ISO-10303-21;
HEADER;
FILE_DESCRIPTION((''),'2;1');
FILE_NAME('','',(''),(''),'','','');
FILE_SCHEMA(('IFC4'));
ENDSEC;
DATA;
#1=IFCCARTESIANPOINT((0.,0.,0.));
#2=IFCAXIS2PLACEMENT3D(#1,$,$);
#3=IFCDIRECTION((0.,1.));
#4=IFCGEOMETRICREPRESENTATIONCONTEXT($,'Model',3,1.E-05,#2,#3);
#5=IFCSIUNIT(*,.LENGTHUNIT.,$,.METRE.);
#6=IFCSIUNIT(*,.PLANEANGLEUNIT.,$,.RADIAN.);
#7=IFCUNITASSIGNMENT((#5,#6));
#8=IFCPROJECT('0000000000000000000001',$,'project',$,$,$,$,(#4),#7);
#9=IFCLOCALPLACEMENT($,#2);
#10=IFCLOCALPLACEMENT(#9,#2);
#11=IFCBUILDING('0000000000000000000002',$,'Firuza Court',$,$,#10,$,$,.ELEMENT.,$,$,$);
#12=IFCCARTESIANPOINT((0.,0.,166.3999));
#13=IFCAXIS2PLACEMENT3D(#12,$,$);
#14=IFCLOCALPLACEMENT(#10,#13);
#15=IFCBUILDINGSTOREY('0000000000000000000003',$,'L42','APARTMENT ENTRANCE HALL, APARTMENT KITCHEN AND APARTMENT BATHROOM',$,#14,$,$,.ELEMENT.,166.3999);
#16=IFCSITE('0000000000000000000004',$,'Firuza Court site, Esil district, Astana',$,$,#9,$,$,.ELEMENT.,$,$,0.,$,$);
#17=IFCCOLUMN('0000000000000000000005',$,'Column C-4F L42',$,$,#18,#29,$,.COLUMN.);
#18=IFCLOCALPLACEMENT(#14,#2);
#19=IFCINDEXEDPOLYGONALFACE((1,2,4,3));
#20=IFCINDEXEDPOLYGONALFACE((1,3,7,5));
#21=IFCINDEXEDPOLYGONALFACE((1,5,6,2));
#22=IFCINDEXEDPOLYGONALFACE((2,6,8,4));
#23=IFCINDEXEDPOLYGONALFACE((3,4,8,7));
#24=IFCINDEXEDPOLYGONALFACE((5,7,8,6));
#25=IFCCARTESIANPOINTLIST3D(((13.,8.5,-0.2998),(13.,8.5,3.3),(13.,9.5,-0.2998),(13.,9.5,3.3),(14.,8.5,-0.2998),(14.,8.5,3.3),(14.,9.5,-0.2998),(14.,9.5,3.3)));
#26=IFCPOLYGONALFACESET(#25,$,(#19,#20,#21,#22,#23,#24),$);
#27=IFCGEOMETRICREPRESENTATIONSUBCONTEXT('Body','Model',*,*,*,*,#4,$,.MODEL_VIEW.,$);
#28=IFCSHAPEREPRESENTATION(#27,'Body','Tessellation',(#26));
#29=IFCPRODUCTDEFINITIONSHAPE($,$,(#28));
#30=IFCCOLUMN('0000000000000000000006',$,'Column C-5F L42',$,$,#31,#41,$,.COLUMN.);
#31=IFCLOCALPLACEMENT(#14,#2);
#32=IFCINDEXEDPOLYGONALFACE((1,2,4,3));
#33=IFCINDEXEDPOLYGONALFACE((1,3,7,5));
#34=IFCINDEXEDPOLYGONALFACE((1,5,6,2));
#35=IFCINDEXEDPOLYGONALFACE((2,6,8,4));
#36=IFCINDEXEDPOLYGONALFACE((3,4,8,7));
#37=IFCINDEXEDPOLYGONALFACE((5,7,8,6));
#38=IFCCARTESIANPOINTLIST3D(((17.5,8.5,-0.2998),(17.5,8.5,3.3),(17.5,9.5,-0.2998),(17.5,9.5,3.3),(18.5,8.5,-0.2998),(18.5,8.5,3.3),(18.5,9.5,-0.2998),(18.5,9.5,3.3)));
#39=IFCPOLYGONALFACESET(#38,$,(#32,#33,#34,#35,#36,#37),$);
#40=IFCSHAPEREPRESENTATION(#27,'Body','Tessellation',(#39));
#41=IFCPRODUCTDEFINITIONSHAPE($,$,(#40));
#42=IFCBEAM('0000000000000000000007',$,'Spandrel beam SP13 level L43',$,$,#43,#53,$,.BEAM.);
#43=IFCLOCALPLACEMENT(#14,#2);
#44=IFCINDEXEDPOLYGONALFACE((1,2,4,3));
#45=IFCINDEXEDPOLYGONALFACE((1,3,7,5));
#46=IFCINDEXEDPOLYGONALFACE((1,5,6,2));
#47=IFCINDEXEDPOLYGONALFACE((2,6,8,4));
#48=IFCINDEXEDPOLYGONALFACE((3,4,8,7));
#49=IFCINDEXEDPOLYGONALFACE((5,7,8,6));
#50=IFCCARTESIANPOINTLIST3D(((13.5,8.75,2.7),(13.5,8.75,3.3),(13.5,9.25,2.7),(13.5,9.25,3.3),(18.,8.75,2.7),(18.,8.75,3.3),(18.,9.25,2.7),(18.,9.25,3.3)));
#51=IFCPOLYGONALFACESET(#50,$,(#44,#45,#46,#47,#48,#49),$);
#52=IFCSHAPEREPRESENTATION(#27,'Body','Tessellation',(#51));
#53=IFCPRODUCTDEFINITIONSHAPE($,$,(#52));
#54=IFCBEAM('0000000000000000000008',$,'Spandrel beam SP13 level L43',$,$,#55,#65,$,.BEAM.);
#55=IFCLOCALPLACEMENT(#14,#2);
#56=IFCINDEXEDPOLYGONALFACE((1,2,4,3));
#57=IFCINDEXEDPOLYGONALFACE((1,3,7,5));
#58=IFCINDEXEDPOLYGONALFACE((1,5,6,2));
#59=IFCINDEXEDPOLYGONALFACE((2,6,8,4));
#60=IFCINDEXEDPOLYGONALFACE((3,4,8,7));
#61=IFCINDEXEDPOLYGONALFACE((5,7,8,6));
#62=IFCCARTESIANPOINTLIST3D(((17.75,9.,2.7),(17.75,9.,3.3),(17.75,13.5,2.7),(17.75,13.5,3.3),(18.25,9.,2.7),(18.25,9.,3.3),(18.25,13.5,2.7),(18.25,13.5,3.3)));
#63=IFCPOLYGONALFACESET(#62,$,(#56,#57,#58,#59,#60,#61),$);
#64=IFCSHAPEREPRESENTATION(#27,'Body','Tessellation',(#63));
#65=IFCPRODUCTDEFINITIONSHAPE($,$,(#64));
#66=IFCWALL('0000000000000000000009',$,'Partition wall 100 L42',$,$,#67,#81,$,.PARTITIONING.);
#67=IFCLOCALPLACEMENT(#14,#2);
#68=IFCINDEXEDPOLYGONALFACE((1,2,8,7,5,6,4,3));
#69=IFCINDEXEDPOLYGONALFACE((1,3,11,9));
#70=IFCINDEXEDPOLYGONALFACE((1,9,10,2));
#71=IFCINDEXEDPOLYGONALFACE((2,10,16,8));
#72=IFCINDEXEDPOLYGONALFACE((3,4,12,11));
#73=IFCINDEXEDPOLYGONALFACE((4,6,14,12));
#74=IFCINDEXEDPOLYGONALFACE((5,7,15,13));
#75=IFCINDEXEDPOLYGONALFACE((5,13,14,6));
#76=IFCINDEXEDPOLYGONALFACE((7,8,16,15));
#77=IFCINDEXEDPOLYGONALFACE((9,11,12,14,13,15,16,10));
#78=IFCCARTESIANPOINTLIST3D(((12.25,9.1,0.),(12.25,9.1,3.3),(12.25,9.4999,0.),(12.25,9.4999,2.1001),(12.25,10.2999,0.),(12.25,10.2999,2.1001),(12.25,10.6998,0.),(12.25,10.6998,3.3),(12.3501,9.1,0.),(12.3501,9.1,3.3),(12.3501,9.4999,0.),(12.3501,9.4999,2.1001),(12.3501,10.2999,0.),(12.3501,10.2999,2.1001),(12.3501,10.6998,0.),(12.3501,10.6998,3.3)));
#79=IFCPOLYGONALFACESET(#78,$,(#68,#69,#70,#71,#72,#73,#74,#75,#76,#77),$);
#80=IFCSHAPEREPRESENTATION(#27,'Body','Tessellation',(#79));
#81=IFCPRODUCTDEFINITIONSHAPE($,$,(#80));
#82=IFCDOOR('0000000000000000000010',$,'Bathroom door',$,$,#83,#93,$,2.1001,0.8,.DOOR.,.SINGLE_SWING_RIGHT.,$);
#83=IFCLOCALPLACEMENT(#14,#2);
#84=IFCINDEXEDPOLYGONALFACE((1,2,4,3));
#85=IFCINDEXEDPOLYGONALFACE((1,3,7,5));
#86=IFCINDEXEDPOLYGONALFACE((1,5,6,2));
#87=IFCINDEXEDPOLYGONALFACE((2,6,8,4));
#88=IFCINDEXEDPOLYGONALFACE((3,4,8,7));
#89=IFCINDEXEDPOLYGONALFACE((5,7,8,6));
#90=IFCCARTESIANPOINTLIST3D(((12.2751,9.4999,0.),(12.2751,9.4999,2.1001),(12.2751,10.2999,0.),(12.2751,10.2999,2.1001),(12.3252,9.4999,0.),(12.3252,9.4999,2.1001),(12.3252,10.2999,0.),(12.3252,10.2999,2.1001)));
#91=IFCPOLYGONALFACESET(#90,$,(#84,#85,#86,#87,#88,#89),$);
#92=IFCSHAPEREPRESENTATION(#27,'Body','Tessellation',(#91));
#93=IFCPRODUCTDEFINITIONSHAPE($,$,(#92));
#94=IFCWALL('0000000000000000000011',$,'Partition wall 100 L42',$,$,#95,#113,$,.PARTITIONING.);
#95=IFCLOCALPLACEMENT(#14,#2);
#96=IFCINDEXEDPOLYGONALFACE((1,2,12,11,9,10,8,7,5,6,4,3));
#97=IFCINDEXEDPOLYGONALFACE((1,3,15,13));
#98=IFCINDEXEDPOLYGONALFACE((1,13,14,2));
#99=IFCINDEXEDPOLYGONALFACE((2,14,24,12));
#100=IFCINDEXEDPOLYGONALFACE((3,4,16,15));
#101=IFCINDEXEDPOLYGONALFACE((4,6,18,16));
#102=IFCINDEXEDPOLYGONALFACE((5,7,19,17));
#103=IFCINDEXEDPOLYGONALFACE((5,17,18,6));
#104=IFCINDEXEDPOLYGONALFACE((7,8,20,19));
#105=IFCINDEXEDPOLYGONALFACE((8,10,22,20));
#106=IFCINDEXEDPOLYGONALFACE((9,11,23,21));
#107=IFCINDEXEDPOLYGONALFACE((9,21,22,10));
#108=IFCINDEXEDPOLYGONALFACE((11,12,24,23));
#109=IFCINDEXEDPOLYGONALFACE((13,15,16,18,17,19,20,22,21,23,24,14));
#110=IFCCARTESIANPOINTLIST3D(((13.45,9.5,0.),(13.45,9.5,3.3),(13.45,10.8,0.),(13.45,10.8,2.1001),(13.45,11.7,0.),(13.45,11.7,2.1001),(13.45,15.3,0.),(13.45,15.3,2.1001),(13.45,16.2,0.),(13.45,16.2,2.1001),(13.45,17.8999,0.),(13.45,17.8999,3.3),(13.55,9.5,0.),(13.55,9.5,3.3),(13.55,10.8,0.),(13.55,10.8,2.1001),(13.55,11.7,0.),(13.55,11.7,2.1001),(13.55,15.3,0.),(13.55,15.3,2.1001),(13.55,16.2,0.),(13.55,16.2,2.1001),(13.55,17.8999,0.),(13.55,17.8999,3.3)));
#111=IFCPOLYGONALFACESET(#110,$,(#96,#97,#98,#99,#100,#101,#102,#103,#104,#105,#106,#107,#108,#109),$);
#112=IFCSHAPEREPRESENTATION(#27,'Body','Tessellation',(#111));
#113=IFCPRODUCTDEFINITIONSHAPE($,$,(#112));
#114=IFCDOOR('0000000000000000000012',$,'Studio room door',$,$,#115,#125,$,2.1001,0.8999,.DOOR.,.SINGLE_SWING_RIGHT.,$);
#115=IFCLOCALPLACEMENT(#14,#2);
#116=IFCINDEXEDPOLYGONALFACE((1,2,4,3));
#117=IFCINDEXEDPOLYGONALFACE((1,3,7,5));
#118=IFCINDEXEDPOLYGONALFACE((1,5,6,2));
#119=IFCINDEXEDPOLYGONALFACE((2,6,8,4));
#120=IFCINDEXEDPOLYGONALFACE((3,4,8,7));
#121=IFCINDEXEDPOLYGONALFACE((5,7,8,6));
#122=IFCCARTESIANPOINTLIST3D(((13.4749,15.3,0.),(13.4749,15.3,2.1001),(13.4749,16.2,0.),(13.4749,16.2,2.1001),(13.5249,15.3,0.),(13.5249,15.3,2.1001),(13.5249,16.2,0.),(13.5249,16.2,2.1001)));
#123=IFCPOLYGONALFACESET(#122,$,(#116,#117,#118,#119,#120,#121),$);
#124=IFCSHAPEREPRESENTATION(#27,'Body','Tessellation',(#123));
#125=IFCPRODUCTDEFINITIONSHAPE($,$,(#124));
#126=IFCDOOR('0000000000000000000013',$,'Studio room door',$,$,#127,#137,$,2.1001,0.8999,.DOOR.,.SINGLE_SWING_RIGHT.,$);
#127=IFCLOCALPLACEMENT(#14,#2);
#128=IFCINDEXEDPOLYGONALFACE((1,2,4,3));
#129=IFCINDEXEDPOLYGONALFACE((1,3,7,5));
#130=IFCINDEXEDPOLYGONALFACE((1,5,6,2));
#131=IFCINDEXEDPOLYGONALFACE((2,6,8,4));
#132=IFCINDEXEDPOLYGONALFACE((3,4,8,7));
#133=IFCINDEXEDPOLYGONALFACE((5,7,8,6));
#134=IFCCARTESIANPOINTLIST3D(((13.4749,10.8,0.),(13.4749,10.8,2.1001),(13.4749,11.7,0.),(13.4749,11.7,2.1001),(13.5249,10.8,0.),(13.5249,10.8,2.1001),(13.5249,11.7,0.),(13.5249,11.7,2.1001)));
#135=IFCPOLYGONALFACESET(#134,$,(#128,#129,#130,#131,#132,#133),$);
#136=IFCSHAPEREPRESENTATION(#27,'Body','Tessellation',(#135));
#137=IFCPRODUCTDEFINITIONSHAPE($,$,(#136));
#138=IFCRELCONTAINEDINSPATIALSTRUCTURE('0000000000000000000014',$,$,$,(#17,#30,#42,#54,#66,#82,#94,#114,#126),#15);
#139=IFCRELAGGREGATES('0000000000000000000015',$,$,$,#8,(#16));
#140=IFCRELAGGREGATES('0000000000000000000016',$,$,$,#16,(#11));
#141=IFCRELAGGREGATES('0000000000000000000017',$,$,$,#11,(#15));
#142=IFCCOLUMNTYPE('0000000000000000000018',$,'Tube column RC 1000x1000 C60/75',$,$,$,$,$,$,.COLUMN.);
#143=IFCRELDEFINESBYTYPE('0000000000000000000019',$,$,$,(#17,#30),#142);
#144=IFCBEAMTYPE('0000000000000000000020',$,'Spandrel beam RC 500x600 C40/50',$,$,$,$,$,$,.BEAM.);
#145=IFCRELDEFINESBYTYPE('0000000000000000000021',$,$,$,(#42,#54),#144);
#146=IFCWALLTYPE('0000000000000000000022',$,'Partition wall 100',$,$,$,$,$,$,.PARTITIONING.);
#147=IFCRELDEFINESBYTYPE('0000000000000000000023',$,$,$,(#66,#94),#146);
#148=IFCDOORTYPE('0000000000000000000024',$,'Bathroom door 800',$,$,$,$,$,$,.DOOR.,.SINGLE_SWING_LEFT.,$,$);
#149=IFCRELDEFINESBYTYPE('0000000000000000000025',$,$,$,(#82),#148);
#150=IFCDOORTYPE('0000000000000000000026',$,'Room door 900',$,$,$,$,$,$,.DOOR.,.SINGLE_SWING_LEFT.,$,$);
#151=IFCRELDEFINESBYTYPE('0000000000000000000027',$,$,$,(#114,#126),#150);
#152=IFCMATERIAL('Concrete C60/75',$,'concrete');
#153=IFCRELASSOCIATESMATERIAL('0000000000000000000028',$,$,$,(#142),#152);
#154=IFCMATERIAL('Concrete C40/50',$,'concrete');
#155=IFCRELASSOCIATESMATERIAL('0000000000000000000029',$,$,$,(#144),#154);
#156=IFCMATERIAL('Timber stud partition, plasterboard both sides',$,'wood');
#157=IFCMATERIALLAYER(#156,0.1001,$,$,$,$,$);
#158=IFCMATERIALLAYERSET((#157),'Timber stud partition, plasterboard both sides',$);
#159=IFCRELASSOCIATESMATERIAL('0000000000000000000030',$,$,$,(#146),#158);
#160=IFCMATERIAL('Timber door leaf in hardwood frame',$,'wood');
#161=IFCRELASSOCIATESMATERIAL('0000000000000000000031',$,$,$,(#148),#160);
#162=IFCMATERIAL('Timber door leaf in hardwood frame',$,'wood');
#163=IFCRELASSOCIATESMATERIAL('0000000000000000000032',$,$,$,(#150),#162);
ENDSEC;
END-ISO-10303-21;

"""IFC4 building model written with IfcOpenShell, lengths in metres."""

from ifc_helpers import new_model, si_unit, direction, frame, frame_2d, origin, origin_2d, place, context, subcontext, project, spatial, rectangle, extrude, material, layer, layer_set, material_profile, profile_set, type_object, element, fill, save


model = new_model("IFC4")

# Units and contexts
model_context = context("Model", 3, precision=1e-05, world=origin(), true_north=direction((0.0, 1.0)))
body_context = subcontext(model_context, "Body", "Model", "MODEL_VIEW")
ifc_project = project(units=[si_unit("LENGTHUNIT", "METRE"), si_unit("PLANEANGLEUNIT", "RADIAN")], contexts=[model_context])

# Site, building, storey
site_placement = place(None, origin())
site = spatial("IfcSite", under=ifc_project, at=site_placement, Name="Firuza Court site, Esil district, Astana", CompositionType="ELEMENT", RefElevation=0.0)
building_placement = place(site_placement, origin())
building = spatial("IfcBuilding", under=site, at=building_placement, Name="Firuza Court", CompositionType="ELEMENT")
storey_placement = place(building_placement, frame((0.0, 0.0, 166.3999)))
storey = spatial("IfcBuildingStorey", under=building, at=storey_placement, Name="L42", Description="APARTMENT ENTRANCE HALL, APARTMENT KITCHEN AND APARTMENT BATHROOM", CompositionType="ELEMENT", Elevation=166.3999)

# Columns
ifc_material_1 = material(Name="Concrete C60/75", Category="concrete")
ifc_material_profile_1 = material_profile(ifc_material_1, rectangle(XDim=1.0, YDim=1.0, at=origin_2d()), Name="RC 1000x1000")
ifc_profile_set_1 = profile_set([ifc_material_profile_1], Name="Concrete C60/75")
column_type = type_object("IfcColumnType", Name="Tube column RC 1000x1000 C60/75", PredefinedType="COLUMN", material=ifc_profile_set_1)
for number, where, z_axis, x_axis, name in (
    (1, (13.5, 9.0, -0.2998), (0.0, 0.0, 1.0), (1.0, 0.0, 0.0), "Column C-4F L42"),
    (2, (18.0, 9.0, -0.2998), (0.0, 0.0, 1.0), (1.0, 0.0, 0.0), "Column C-5F L42"),
):
    element("IfcColumn", number, at=place(storey_placement, frame(where, z_axis=z_axis, x_axis=x_axis)), inside=storey, type_object=column_type, Name=name, PredefinedType="COLUMN", context=body_context, shape_type="SweptSolid", body=[
        extrude(rectangle(XDim=1.0, YDim=1.0, at=origin_2d()), origin(), (0.0, 0.0, 1.0), 3.5999),
    ])

# Beams
ifc_material_2 = material(Name="Concrete C40/50", Category="concrete")
ifc_material_profile_2 = material_profile(ifc_material_2, rectangle(XDim=0.5, YDim=0.6001, at=origin_2d()), Name="RC 500x600")
ifc_profile_set_2 = profile_set([ifc_material_profile_2], Name="Concrete C40/50")
beam_type = type_object("IfcBeamType", Name="Spandrel beam RC 500x600 C40/50", PredefinedType="BEAM", material=ifc_profile_set_2)
for number, where, z_axis, x_axis, name in (
    (3, (13.5, 9.0, 3.0), (1.0, 0.0, 0.0), (0.0, 1.0, 0.0), "Spandrel beam SP13 level L43"),
    (4, (18.0, 9.0, 3.0), (0.0, 1.0, 0.0), (-1.0, 0.0, 0.0), "Spandrel beam SP13 level L43"),
):
    element("IfcBeam", number, at=place(storey_placement, frame(where, z_axis=z_axis, x_axis=x_axis)), inside=storey, type_object=beam_type, Name=name, PredefinedType="BEAM", context=body_context, shape_type="SweptSolid", body=[
        extrude(rectangle(XDim=0.5, YDim=0.6001, at=origin_2d()), origin(), (0.0, 0.0, 1.0), 4.5),
    ])

# Wall, opening, door
ifc_material_3 = material(Name="Timber stud partition, plasterboard both sides", Category="wood")
ifc_layer_1 = layer(ifc_material_3, 0.1001)
ifc_layer_set_1 = layer_set([ifc_layer_1], Name="Timber stud partition, plasterboard both sides")
wall_type_1 = type_object("IfcWallType", Name="Partition wall 100", PredefinedType="PARTITIONING", material=ifc_layer_set_1)
wall_1_placement = place(storey_placement, frame((12.3, 9.1001, 0.0), z_axis=(0.0, 0.0, 1.0), x_axis=(0.0, 1.0, 0.0)))
wall_1 = element("IfcWall", 5, at=wall_1_placement, inside=storey, type_object=wall_type_1, Name="Partition wall 100 L42", PredefinedType="PARTITIONING", context=body_context, shape_type="SweptSolid", body=[
    extrude(rectangle(XDim=1.5999, YDim=0.1001, at=frame_2d((0.7998, 0.0))), origin(), (0.0, 0.0, 1.0), 3.3),
])
opening_1_placement = place(wall_1_placement, frame((0.3999, 0.0, 0.0)))
opening_1 = element("IfcOpeningElement", 6, at=opening_1_placement, cuts=wall_1, PredefinedType="OPENING", context=body_context, shape_type="SweptSolid", body=[
    extrude(rectangle(XDim=0.8, YDim=2.1001, at=frame_2d((0.3999, 1.05))), frame((0.0, 0.062, 0.0), z_axis=(0.0, -1.0, 0.0), x_axis=(1.0, 0.0, 0.0)), (0.0, 0.0, 1.0), 0.124),
])
ifc_material_4 = material(Name="Timber door leaf in hardwood frame", Category="wood")
door_type_1 = type_object("IfcDoorType", Name="Bathroom door 800", OperationType="SINGLE_SWING_LEFT", PredefinedType="DOOR", material=ifc_material_4)
door_1_placement = place(opening_1_placement, origin())
door_1 = element("IfcDoor", 7, at=door_1_placement, inside=storey, type_object=door_type_1, Name="Bathroom door", OperationType="SINGLE_SWING_RIGHT", OverallHeight=2.1001, OverallWidth=0.8, PredefinedType="DOOR", context=body_context, shape_type="SweptSolid", body=[
    extrude(rectangle(XDim=0.8, YDim=2.1001, at=frame_2d((0.3999, 1.05))), frame((0.0, 0.0249, 0.0), z_axis=(0.0, -1.0, 0.0), x_axis=(1.0, 0.0, 0.0)), (0.0, 0.0, 1.0), 0.05),
])
fill(opening_1, door_1)

# Wall, openings, doors
wall_2_placement = place(storey_placement, frame((13.5, 9.5, 0.0), z_axis=(0.0, 0.0, 1.0), x_axis=(0.0, 1.0, 0.0)))
wall_2 = element("IfcWall", 8, at=wall_2_placement, inside=storey, type_object=wall_type_1, Name="Partition wall 100 L42", PredefinedType="PARTITIONING", context=body_context, shape_type="SweptSolid", body=[
    extrude(rectangle(XDim=8.3999, YDim=0.1001, at=frame_2d((4.2, 0.0))), origin(), (0.0, 0.0, 1.0), 3.3),
])
opening_2_placement = place(wall_2_placement, frame((5.8, 0.0, 0.0)))
opening_2 = element("IfcOpeningElement", 9, at=opening_2_placement, cuts=wall_2, PredefinedType="OPENING", context=body_context, shape_type="SweptSolid", body=[
    extrude(rectangle(XDim=0.8999, YDim=2.1001, at=frame_2d((0.45, 1.05))), frame((0.0, 0.062, 0.0), z_axis=(0.0, -1.0, 0.0), x_axis=(1.0, 0.0, 0.0)), (0.0, 0.0, 1.0), 0.124),
])
opening_3_placement = place(wall_2_placement, frame((1.3, 0.0, 0.0)))
opening_3 = element("IfcOpeningElement", 10, at=opening_3_placement, cuts=wall_2, PredefinedType="OPENING", context=body_context, shape_type="SweptSolid", body=[
    extrude(rectangle(XDim=0.8999, YDim=2.1001, at=frame_2d((0.45, 1.05))), frame((0.0, 0.062, 0.0), z_axis=(0.0, -1.0, 0.0), x_axis=(1.0, 0.0, 0.0)), (0.0, 0.0, 1.0), 0.124),
])
ifc_material_5 = material(Name="Timber door leaf in hardwood frame", Category="wood")
door_type_2 = type_object("IfcDoorType", Name="Room door 900", OperationType="SINGLE_SWING_LEFT", PredefinedType="DOOR", material=ifc_material_5)
door_2_placement = place(opening_2_placement, frame((0.8999, 0.0, 0.0), z_axis=(0.0, 0.0, 1.0), x_axis=(-1.0, 0.0, 0.0)))
door_2 = element("IfcDoor", 11, at=door_2_placement, inside=storey, type_object=door_type_2, Name="Studio room door", OperationType="SINGLE_SWING_RIGHT", OverallHeight=2.1001, OverallWidth=0.8999, PredefinedType="DOOR", context=body_context, shape_type="SweptSolid", body=[
    extrude(rectangle(XDim=0.8999, YDim=2.1001, at=frame_2d((0.45, 1.05))), frame((0.0, 0.0249, 0.0), z_axis=(0.0, -1.0, 0.0), x_axis=(1.0, 0.0, 0.0)), (0.0, 0.0, 1.0), 0.05),
])
fill(opening_2, door_2)
door_3_placement = place(opening_3_placement, frame((0.8999, 0.0, 0.0), z_axis=(0.0, 0.0, 1.0), x_axis=(-1.0, 0.0, 0.0)))
door_3 = element("IfcDoor", 12, at=door_3_placement, inside=storey, type_object=door_type_2, Name="Studio room door", OperationType="SINGLE_SWING_RIGHT", OverallHeight=2.1001, OverallWidth=0.8999, PredefinedType="DOOR", context=body_context, shape_type="SweptSolid", body=[
    extrude(rectangle(XDim=0.8999, YDim=2.1001, at=frame_2d((0.45, 1.05))), frame((0.0, 0.0249, 0.0), z_axis=(0.0, -1.0, 0.0), x_axis=(1.0, 0.0, 0.0)), (0.0, 0.0, 1.0), 0.05),
])
fill(opening_3, door_3)

save(model, "model.ifc")
